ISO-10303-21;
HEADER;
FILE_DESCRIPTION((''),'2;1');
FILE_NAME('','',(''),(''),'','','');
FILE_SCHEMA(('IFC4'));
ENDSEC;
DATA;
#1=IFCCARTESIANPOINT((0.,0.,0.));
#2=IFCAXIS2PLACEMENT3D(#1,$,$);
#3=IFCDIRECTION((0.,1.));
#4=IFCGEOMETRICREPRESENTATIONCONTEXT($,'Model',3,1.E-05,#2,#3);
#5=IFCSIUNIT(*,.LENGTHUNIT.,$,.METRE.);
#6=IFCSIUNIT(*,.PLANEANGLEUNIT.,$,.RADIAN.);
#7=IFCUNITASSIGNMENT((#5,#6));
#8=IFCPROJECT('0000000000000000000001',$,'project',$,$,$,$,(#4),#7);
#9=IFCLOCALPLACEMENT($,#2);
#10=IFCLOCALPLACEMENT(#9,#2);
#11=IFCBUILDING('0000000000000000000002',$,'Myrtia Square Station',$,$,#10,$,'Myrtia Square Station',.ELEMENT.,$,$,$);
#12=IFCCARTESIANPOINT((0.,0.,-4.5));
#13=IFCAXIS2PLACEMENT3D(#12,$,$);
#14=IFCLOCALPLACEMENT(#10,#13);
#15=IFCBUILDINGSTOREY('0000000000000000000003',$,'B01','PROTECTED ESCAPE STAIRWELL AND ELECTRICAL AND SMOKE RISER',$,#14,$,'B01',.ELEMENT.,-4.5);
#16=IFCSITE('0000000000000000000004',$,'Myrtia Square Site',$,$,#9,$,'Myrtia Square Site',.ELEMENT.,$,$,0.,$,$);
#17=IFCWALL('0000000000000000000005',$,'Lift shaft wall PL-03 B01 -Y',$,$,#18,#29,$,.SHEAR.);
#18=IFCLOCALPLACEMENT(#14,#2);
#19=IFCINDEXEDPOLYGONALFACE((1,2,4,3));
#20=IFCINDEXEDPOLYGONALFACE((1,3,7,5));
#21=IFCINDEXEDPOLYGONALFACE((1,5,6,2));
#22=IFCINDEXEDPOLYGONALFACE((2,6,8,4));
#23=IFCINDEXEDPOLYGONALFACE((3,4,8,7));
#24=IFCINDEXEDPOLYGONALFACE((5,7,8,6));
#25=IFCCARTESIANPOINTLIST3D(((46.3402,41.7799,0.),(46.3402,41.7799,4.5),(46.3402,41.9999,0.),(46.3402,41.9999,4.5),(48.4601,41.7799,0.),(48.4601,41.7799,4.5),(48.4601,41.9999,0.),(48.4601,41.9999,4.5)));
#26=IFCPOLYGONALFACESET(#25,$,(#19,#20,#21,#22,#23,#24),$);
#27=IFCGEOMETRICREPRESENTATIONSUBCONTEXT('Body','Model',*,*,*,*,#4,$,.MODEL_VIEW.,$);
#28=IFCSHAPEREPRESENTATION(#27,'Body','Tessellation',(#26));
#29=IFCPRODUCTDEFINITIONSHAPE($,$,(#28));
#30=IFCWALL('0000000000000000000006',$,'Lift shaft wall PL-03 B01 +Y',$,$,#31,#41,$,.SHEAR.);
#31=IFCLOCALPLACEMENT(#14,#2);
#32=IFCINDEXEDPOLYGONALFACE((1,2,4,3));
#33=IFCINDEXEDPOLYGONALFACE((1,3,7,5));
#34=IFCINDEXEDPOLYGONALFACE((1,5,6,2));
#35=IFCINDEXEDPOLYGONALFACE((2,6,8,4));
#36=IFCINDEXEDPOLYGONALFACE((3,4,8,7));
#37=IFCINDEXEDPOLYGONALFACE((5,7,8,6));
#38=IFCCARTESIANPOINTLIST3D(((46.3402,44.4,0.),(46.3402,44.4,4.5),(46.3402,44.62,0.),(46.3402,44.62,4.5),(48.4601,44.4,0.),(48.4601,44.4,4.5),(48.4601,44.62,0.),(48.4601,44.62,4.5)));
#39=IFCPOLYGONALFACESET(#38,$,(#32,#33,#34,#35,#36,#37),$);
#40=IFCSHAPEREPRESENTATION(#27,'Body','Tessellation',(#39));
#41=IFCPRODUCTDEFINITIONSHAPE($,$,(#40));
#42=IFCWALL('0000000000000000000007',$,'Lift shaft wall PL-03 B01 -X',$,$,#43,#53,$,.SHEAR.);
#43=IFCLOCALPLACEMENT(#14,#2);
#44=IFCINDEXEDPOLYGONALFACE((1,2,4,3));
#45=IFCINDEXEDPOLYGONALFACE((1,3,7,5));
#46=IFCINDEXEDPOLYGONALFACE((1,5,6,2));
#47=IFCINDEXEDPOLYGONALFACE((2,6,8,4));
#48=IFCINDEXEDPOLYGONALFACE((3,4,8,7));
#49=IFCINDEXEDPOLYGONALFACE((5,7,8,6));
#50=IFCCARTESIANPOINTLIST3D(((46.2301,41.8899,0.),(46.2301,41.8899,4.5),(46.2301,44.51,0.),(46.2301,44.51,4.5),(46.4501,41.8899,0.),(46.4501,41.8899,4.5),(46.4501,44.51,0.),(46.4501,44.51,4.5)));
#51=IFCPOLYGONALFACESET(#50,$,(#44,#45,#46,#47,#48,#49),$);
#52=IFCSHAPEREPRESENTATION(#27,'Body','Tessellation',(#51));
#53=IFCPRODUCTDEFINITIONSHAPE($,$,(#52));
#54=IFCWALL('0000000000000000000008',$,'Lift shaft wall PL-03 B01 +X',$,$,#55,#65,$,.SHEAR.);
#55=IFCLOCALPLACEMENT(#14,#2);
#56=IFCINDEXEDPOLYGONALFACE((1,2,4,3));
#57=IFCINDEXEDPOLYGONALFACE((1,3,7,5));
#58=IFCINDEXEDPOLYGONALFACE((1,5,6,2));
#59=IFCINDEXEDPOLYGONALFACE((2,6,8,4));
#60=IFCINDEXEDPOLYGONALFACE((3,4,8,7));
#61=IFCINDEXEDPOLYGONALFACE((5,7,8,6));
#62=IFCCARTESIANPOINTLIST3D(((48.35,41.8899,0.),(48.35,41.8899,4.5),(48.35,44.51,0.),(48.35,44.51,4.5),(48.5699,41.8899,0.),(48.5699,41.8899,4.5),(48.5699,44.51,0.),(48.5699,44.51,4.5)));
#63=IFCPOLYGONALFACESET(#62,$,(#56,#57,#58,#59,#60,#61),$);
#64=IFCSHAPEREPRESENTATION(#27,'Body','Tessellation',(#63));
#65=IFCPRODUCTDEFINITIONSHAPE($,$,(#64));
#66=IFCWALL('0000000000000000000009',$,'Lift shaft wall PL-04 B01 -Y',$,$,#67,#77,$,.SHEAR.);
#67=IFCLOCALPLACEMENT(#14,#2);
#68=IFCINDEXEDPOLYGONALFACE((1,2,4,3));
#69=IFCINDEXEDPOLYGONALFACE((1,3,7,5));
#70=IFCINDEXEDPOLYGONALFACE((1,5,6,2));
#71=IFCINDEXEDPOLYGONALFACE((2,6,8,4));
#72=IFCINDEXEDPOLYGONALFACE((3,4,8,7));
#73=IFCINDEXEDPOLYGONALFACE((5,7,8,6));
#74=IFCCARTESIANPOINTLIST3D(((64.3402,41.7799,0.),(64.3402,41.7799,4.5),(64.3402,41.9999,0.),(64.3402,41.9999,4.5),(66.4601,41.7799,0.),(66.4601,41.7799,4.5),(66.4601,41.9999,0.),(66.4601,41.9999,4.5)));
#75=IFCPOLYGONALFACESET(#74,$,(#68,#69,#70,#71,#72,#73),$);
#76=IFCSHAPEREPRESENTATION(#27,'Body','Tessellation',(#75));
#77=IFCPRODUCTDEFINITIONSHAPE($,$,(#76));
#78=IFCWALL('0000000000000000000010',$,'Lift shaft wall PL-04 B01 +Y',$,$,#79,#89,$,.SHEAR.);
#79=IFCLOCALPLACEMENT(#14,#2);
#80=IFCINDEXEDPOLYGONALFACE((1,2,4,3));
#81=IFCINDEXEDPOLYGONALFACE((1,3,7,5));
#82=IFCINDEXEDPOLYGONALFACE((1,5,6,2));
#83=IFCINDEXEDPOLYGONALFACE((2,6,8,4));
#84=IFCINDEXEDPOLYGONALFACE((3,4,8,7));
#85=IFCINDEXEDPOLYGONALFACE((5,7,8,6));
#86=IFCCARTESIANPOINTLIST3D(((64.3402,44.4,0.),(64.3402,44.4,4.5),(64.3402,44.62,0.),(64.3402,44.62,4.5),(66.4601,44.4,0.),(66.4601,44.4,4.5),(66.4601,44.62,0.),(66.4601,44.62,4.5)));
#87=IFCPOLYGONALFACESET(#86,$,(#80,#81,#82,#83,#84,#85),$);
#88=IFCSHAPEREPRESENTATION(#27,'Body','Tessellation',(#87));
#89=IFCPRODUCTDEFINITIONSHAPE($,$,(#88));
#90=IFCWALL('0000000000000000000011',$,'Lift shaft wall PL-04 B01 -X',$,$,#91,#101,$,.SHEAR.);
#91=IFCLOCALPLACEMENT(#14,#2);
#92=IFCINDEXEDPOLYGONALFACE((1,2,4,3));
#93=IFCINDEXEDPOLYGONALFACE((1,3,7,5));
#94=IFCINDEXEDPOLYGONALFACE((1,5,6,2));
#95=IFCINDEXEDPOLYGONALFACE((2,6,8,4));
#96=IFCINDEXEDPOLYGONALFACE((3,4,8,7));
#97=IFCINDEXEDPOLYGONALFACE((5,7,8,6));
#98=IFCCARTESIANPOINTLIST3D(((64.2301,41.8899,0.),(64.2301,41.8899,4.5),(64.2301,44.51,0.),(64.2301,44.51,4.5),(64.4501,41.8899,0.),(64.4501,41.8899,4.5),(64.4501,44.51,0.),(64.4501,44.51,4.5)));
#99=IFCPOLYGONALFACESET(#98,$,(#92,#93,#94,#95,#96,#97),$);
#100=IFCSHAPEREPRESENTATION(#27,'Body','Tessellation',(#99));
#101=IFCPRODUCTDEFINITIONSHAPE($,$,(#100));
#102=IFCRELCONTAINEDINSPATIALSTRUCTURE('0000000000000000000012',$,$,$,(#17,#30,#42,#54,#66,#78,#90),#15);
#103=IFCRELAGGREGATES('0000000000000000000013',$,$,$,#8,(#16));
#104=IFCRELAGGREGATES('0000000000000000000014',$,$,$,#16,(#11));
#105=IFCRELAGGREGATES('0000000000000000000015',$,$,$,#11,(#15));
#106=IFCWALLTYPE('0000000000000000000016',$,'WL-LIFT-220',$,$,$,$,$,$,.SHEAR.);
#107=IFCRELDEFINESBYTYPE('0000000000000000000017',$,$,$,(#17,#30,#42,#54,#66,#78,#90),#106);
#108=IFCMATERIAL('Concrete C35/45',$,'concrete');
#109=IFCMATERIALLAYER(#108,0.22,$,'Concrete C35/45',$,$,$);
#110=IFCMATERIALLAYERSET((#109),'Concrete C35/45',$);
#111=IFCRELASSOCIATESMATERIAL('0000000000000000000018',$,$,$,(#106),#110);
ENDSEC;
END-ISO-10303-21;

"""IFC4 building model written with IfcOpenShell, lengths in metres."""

from ifc_helpers import new_model, si_unit, direction, frame, frame_2d, origin, place, context, subcontext, project, spatial, rectangle, extrude, material, layer, layer_set, type_object, element, save


model = new_model("IFC4")

# Units and contexts
model_context = context("Model", 3, precision=1e-05, world=origin(), true_north=direction((0.0, 1.0)))
body_context = subcontext(model_context, "Body", "Model", "MODEL_VIEW")
ifc_project = project(units=[si_unit("LENGTHUNIT", "METRE"), si_unit("PLANEANGLEUNIT", "RADIAN")], contexts=[model_context])

# Site, building, storey
site_placement = place(None, origin())
site = spatial("IfcSite", under=ifc_project, at=site_placement, Name="Myrtia Square Site", LongName="Myrtia Square Site", CompositionType="ELEMENT", RefElevation=0.0)
building_placement = place(site_placement, origin())
building = spatial("IfcBuilding", under=site, at=building_placement, Name="Myrtia Square Station", LongName="Myrtia Square Station", CompositionType="ELEMENT")
storey_placement = place(building_placement, frame((0.0, 0.0, -4.5)))
storey = spatial("IfcBuildingStorey", under=building, at=storey_placement, Name="B01", Description="PROTECTED ESCAPE STAIRWELL AND ELECTRICAL AND SMOKE RISER", LongName="B01", CompositionType="ELEMENT", Elevation=-4.5)

# Shared definitions
ifc_material_1 = material(Name="Concrete C35/45", Category="concrete")

# Walls
ifc_layer = layer(ifc_material_1, 0.22, Name="Concrete C35/45")
ifc_layer_set = layer_set([ifc_layer], Name="Concrete C35/45")
wall_type = type_object("IfcWallType", Name="WL-LIFT-220", PredefinedType="SHEAR", material=ifc_layer_set)
for number, where, z_axis, x_axis, name in (
    (1, (46.3401, 41.8899, 0.0), (0.0, 0.0, 1.0), (1.0, 0.0, 0.0), "Lift shaft wall PL-03 B01 -Y"),
    (2, (46.3401, 44.51, 0.0), (0.0, 0.0, 1.0), (1.0, 0.0, 0.0), "Lift shaft wall PL-03 B01 +Y"),
):
    element("IfcWall", number, at=place(storey_placement, frame(where, z_axis=z_axis, x_axis=x_axis)), inside=storey, type_object=wall_type, Name=name, PredefinedType="SHEAR", context=body_context, shape_type="SweptSolid", body=[
        extrude(rectangle(XDim=2.1199, YDim=0.22, at=frame_2d((1.0601, 0.0))), origin(), (0.0, 0.0, 1.0), 4.5),
    ])
for number, where, z_axis, x_axis, name in (
    (3, (46.3401, 41.8899, 0.0), (0.0, 0.0, 1.0), (0.0, 1.0, 0.0), "Lift shaft wall PL-03 B01 -X"),
    (4, (48.46, 41.8899, 0.0), (0.0, 0.0, 1.0), (0.0, 1.0, 0.0), "Lift shaft wall PL-03 B01 +X"),
):
    element("IfcWall", number, at=place(storey_placement, frame(where, z_axis=z_axis, x_axis=x_axis)), inside=storey, type_object=wall_type, Name=name, PredefinedType="SHEAR", context=body_context, shape_type="SweptSolid", body=[
        extrude(rectangle(XDim=2.6201, YDim=0.22, at=frame_2d((1.3101, 0.0))), origin(), (0.0, 0.0, 1.0), 4.5),
    ])
for number, where, z_axis, x_axis, name in (
    (5, (64.3401, 41.8899, 0.0), (0.0, 0.0, 1.0), (1.0, 0.0, 0.0), "Lift shaft wall PL-04 B01 -Y"),
    (6, (64.3401, 44.51, 0.0), (0.0, 0.0, 1.0), (1.0, 0.0, 0.0), "Lift shaft wall PL-04 B01 +Y"),
):
    element("IfcWall", number, at=place(storey_placement, frame(where, z_axis=z_axis, x_axis=x_axis)), inside=storey, type_object=wall_type, Name=name, PredefinedType="SHEAR", context=body_context, shape_type="SweptSolid", body=[
        extrude(rectangle(XDim=2.1199, YDim=0.22, at=frame_2d((1.0601, 0.0))), origin(), (0.0, 0.0, 1.0), 4.5),
    ])
wall_placement = place(storey_placement, frame((64.3401, 41.8899, 0.0), z_axis=(0.0, 0.0, 1.0), x_axis=(0.0, 1.0, 0.0)))
element("IfcWall", 7, at=wall_placement, inside=storey, type_object=wall_type, Name="Lift shaft wall PL-04 B01 -X", PredefinedType="SHEAR", context=body_context, shape_type="SweptSolid", body=[
    extrude(rectangle(XDim=2.6201, YDim=0.22, at=frame_2d((1.3101, 0.0))), origin(), (0.0, 0.0, 1.0), 4.5),
])

save(model, "model.ifc")
